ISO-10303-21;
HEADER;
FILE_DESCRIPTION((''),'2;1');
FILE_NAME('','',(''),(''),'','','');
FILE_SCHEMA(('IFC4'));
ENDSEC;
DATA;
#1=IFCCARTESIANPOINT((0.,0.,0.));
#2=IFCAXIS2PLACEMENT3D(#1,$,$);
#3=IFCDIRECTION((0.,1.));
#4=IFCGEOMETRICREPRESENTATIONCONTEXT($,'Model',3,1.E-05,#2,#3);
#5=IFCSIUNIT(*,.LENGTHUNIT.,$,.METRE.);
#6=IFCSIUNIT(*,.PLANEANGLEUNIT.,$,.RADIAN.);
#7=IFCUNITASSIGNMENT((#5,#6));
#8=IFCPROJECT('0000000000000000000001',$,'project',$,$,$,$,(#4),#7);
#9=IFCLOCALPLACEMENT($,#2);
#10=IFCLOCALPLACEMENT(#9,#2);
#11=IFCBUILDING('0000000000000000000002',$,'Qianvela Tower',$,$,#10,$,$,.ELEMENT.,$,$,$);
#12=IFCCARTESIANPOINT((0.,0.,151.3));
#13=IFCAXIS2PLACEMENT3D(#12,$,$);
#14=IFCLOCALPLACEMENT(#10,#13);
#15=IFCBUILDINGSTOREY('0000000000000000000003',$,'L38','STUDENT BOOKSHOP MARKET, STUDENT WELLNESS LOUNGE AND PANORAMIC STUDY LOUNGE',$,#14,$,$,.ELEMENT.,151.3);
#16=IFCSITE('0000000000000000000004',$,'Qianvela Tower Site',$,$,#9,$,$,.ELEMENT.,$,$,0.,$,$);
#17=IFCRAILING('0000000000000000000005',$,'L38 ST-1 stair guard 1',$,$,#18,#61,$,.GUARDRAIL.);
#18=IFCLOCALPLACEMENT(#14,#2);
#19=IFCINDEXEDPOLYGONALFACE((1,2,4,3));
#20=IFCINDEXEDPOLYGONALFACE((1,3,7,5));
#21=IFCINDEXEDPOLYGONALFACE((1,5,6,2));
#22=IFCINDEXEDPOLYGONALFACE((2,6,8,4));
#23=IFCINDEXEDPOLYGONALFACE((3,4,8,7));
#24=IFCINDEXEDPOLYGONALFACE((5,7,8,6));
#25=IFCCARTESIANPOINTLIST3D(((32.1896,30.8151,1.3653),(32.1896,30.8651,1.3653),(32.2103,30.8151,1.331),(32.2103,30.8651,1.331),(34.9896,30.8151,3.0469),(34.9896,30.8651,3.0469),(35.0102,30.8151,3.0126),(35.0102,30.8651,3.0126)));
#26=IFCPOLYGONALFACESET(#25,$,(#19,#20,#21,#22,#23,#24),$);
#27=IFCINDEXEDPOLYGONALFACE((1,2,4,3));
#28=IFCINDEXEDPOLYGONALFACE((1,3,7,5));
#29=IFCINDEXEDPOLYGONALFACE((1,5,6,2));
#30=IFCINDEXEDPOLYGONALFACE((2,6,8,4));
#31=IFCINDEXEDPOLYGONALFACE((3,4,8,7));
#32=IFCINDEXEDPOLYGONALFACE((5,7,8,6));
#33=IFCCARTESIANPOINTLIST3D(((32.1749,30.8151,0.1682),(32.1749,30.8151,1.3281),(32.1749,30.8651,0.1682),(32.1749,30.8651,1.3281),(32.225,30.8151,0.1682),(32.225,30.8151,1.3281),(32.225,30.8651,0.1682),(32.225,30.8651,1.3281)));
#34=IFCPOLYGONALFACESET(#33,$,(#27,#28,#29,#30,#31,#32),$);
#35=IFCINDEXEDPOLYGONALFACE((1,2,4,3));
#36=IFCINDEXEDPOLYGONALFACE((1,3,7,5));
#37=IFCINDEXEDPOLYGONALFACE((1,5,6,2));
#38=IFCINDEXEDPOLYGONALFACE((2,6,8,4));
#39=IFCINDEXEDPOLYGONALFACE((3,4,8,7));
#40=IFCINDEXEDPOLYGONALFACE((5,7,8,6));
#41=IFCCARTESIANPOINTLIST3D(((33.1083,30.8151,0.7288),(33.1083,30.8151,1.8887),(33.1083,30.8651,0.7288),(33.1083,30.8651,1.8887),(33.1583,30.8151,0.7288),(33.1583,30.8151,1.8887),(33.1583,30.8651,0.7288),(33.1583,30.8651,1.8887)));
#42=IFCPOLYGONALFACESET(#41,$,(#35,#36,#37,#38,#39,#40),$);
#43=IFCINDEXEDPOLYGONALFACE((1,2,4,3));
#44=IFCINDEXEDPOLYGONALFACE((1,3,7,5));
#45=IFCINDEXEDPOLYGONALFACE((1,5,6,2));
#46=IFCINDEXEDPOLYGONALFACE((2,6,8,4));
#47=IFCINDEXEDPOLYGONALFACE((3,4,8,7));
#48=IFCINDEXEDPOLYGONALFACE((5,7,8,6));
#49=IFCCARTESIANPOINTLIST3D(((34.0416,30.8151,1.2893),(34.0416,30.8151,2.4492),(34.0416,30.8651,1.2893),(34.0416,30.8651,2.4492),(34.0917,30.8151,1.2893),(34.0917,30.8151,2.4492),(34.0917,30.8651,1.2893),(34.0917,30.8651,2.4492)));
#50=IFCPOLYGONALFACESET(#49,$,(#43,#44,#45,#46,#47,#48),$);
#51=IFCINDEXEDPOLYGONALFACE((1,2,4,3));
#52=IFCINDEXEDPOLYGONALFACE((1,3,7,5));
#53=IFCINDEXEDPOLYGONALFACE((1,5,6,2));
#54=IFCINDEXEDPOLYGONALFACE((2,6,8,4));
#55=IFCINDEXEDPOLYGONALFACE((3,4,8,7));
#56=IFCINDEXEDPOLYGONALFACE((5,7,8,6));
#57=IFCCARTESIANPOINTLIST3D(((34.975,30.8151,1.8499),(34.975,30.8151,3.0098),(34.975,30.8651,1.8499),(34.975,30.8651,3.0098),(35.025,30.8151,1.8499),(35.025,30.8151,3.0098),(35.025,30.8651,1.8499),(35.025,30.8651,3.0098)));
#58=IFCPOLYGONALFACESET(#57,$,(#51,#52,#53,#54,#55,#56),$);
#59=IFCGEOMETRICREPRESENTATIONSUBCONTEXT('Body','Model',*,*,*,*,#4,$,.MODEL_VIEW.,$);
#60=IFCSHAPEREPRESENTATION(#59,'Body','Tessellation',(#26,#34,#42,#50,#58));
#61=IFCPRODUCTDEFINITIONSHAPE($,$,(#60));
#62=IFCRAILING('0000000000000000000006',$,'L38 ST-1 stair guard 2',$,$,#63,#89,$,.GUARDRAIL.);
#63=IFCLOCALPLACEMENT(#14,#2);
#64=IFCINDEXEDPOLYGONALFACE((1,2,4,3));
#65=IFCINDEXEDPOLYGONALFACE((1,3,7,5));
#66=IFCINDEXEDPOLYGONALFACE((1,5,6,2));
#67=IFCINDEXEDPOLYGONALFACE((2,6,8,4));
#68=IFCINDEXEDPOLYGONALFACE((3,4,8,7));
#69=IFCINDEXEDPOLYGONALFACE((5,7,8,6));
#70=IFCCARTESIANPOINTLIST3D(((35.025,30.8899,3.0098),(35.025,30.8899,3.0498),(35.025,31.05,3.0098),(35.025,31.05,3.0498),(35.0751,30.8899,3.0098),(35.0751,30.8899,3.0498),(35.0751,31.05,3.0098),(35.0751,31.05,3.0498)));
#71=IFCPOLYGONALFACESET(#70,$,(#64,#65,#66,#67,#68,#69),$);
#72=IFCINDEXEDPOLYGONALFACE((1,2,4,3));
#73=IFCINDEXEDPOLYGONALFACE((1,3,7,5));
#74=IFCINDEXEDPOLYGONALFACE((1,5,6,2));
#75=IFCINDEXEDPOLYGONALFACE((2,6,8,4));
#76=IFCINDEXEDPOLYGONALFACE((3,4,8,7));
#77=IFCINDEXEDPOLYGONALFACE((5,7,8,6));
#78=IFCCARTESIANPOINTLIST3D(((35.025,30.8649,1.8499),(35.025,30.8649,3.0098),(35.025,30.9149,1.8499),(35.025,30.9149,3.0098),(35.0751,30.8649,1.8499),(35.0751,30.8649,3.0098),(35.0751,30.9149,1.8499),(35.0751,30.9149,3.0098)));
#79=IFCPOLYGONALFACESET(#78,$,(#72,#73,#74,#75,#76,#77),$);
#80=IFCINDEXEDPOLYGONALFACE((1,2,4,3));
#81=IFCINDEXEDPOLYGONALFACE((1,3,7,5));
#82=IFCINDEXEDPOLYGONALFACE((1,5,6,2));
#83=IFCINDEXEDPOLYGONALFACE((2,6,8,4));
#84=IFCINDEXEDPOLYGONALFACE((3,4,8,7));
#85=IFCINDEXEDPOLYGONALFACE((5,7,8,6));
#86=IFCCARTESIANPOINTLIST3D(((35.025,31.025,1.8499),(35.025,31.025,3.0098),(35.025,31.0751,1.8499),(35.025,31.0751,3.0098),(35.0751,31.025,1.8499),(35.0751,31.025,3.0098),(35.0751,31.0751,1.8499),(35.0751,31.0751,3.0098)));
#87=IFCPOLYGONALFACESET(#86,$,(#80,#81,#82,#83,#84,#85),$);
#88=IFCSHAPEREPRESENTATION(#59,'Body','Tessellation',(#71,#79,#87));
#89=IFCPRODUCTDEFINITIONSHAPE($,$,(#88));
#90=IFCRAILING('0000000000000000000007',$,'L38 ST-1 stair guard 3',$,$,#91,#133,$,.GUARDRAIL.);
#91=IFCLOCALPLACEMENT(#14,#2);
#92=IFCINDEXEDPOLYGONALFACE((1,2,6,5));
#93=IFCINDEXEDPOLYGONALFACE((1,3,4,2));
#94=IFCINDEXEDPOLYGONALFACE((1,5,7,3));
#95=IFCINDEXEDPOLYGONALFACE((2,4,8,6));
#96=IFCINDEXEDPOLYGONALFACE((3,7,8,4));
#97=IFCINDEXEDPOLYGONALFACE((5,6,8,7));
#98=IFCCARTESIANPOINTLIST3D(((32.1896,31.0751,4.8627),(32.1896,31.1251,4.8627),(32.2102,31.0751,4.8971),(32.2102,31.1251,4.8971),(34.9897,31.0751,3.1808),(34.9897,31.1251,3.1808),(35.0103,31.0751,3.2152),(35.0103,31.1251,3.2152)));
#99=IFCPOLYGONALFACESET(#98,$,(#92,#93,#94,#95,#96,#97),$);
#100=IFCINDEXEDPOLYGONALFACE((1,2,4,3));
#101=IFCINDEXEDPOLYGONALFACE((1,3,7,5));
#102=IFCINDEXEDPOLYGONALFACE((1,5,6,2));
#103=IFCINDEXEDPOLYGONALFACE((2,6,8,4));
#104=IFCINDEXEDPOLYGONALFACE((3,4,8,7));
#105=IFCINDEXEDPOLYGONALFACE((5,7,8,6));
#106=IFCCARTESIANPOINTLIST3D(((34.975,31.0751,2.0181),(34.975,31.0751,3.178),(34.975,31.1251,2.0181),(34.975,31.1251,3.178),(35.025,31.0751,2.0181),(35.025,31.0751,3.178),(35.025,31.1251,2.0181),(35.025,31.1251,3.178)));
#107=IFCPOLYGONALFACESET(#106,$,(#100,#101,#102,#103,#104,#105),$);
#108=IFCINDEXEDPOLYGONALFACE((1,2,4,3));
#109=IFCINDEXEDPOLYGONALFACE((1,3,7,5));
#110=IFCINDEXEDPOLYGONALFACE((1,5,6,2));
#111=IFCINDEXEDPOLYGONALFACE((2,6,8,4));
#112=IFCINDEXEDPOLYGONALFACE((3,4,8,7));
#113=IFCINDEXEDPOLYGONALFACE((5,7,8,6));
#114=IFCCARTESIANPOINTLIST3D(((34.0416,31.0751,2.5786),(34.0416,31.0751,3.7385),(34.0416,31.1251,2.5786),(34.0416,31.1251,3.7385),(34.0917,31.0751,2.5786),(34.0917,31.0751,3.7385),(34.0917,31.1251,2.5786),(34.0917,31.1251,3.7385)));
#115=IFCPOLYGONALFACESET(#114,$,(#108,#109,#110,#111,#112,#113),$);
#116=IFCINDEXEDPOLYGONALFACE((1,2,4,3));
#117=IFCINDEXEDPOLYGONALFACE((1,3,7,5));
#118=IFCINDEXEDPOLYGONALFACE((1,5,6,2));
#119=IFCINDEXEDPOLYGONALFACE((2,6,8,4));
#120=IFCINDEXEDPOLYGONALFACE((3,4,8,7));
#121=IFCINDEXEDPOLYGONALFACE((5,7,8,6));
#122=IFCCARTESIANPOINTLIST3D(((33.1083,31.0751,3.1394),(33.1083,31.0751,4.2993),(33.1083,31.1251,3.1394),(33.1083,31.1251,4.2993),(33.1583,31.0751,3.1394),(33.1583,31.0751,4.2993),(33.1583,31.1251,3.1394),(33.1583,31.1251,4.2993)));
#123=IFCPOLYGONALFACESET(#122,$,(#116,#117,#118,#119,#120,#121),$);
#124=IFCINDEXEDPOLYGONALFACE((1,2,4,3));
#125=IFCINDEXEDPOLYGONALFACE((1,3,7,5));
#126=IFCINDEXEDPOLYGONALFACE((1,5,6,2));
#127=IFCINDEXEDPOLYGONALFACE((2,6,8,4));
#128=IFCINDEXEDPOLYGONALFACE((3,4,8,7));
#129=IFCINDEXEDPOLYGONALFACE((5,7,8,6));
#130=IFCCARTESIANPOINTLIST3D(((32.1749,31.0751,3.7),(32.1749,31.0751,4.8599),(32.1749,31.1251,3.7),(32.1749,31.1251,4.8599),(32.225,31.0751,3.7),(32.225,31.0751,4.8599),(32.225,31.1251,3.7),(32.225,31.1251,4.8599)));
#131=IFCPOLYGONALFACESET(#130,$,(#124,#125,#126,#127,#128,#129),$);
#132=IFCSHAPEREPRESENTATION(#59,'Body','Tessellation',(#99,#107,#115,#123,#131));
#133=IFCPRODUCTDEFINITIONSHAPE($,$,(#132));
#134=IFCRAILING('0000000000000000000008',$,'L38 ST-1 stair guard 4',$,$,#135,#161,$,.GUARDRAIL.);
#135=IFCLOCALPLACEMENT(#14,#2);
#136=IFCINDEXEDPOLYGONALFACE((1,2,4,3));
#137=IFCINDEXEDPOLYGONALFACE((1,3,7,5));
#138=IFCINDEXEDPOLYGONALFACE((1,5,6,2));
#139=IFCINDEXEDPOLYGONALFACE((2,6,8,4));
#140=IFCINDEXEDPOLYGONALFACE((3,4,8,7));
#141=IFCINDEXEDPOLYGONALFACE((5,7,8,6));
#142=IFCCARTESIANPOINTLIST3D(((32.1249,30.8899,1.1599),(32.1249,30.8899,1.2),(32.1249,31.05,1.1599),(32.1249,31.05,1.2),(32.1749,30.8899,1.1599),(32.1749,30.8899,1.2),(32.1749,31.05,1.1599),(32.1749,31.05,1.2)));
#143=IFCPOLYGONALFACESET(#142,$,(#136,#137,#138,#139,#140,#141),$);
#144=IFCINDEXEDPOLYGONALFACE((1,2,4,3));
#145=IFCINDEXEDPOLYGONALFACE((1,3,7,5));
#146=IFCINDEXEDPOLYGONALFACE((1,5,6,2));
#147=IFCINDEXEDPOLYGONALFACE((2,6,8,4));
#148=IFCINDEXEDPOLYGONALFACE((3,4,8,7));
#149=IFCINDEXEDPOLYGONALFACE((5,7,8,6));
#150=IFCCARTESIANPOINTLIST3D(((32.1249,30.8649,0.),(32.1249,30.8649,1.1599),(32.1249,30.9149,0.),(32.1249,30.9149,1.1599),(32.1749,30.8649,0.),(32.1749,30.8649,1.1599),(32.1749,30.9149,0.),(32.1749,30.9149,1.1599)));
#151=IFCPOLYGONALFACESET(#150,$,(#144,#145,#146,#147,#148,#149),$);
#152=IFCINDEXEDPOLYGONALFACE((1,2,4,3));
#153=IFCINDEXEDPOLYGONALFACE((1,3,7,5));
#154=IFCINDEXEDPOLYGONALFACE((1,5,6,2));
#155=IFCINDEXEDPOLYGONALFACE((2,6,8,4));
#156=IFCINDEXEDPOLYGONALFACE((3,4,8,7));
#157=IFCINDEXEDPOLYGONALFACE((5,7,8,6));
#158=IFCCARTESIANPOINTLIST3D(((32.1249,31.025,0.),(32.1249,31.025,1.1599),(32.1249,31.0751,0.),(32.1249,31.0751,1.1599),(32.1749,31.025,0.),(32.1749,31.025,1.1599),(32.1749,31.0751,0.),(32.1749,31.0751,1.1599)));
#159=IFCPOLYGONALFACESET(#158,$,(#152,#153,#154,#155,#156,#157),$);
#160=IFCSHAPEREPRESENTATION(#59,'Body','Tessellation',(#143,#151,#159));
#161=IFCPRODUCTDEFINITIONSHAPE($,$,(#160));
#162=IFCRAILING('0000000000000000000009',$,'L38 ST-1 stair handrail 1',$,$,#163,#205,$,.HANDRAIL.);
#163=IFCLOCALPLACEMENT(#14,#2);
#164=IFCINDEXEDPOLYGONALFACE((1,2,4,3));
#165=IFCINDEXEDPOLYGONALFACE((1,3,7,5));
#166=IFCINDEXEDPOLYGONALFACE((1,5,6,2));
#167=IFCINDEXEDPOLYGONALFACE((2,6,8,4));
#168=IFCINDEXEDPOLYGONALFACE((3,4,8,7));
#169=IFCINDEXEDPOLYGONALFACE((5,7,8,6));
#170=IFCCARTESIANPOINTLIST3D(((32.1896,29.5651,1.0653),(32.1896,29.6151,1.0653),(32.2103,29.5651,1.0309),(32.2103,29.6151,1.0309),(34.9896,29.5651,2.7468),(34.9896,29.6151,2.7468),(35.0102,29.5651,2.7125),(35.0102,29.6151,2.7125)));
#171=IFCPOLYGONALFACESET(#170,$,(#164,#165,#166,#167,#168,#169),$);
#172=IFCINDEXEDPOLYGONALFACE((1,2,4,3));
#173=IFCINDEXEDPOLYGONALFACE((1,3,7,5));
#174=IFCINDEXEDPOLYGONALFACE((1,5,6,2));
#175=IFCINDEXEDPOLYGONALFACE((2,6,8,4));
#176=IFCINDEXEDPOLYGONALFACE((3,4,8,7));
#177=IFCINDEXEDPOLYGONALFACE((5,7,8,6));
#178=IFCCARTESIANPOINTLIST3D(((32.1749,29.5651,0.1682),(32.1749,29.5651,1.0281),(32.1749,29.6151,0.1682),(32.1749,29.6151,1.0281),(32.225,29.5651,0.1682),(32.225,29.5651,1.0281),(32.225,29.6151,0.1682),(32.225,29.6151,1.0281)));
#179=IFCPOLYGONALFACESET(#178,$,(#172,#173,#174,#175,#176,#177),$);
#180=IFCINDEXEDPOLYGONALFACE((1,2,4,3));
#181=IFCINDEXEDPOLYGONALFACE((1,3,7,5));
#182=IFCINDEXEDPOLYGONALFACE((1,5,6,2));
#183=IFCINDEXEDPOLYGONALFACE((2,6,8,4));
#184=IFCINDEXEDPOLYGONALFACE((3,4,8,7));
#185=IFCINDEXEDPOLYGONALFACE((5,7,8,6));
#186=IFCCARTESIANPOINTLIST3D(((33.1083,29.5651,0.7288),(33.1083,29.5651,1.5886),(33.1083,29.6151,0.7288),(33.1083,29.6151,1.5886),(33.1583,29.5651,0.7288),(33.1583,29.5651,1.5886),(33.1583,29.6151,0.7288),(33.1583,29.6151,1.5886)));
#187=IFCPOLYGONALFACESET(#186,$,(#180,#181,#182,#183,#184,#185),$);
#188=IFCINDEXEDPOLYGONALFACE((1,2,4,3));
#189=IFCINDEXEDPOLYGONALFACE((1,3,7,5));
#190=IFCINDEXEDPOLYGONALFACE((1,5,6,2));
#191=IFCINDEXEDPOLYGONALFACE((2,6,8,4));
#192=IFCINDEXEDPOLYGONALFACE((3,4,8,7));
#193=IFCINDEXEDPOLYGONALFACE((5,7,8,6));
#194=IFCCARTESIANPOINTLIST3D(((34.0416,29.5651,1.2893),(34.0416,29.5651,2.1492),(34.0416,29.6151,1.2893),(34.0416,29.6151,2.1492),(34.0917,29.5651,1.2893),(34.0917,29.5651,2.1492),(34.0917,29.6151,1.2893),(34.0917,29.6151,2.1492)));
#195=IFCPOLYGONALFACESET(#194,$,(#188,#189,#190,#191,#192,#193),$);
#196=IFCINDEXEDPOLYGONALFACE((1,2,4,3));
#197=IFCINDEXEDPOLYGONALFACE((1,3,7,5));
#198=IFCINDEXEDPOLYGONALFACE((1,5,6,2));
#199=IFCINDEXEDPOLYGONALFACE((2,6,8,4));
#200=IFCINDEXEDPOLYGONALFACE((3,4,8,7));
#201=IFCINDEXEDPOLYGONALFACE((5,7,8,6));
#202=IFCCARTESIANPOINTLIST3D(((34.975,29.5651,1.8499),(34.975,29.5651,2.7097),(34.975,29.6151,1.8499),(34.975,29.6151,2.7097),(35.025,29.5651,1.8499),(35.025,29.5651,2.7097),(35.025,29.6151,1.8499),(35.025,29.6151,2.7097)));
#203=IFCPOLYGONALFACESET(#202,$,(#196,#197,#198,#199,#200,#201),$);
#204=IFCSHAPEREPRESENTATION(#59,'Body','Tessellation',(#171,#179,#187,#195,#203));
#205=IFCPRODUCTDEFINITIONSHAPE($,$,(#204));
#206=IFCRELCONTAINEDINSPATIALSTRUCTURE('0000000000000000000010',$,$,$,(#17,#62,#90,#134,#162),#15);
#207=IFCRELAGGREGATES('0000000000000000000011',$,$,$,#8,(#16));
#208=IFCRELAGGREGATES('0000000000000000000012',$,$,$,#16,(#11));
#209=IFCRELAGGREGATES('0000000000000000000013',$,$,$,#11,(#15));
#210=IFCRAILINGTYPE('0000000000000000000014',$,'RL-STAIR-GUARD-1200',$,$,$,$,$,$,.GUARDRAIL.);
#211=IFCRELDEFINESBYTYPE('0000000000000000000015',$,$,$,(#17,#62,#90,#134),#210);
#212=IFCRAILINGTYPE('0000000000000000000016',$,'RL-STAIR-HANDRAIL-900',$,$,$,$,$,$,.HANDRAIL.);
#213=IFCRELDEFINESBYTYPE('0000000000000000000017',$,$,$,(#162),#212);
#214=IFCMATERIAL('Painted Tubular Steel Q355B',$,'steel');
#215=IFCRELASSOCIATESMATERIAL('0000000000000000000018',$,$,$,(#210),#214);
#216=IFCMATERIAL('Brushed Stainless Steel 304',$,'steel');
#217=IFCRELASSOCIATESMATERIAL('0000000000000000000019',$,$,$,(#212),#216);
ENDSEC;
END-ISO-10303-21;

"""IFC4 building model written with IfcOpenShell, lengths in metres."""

from ifc_helpers import new_model, si_unit, direction, frame, origin, origin_2d, place, context, subcontext, project, spatial, rectangle, extrude, material, type_object, element, save


model = new_model("IFC4")

# Units and contexts
model_context = context("Model", 3, precision=1e-05, world=origin(), true_north=direction((0.0, 1.0)))
body_context = subcontext(model_context, "Body", "Model", "MODEL_VIEW")
ifc_project = project(units=[si_unit("LENGTHUNIT", "METRE"), si_unit("PLANEANGLEUNIT", "RADIAN")], contexts=[model_context])

# Site, building, storey
site_placement = place(None, origin())
site = spatial("IfcSite", under=ifc_project, at=site_placement, Name="Qianvela Tower Site", CompositionType="ELEMENT", RefElevation=0.0)
building_placement = place(site_placement, origin())
building = spatial("IfcBuilding", under=site, at=building_placement, Name="Qianvela Tower", CompositionType="ELEMENT")
storey_placement = place(building_placement, frame((0.0, 0.0, 151.3)))
storey = spatial("IfcBuildingStorey", under=building, at=storey_placement, Name="L38", Description="STUDENT BOOKSHOP MARKET, STUDENT WELLNESS LOUNGE AND PANORAMIC STUDY LOUNGE", CompositionType="ELEMENT", Elevation=151.3)

# Railings
ifc_material_1 = material(Name="Painted Tubular Steel Q355B", Category="steel")
railing_type_1 = type_object("IfcRailingType", Name="RL-STAIR-GUARD-1200", PredefinedType="GUARDRAIL", material=ifc_material_1)
railing_1_placement = place(storey_placement, frame((32.2, 30.8401, 0.1682)))
element("IfcRailing", 1, at=railing_1_placement, inside=storey, type_object=railing_type_1, Name="L38 ST-1 stair guard 1", PredefinedType="GUARDRAIL", context=body_context, shape_type="SweptSolid", body=[
    extrude(rectangle(XDim=0.05, YDim=0.04, at=origin_2d()), frame((0.0, 0.0, 1.1799), z_axis=(0.857275, 0.0, 0.514858), x_axis=(0.0, 1.0, 0.0)), (0.0, 0.0, 1.0), 3.2661),
    extrude(rectangle(XDim=0.05, YDim=0.05, at=origin_2d()), origin(), (0.0, 0.0, 1.0), 1.1599),
    extrude(rectangle(XDim=0.05, YDim=0.05, at=origin_2d()), frame((0.9333, 0.0, 0.5605)), (0.0, 0.0, 1.0), 1.1599),
    extrude(rectangle(XDim=0.05, YDim=0.05, at=origin_2d()), frame((1.8667, 0.0, 1.1211)), (0.0, 0.0, 1.0), 1.1599),
    extrude(rectangle(XDim=0.05, YDim=0.05, at=origin_2d()), frame((2.8, 0.0, 1.6816)), (0.0, 0.0, 1.0), 1.1599),
])
railing_2_placement = place(storey_placement, frame((35.05, 30.8899, 1.8499)))
element("IfcRailing", 2, at=railing_2_placement, inside=storey, type_object=railing_type_1, Name="L38 ST-1 stair guard 2", PredefinedType="GUARDRAIL", context=body_context, shape_type="SweptSolid", body=[
    extrude(rectangle(XDim=0.05, YDim=0.04, at=origin_2d()), frame((0.0, 0.0, 1.1799), z_axis=(0.0, 1.0, 0.0), x_axis=(-1.0, 0.0, 0.0)), (0.0, 0.0, 1.0), 0.1602),
    extrude(rectangle(XDim=0.05, YDim=0.05, at=origin_2d()), origin(), (0.0, 0.0, 1.0), 1.1599),
    extrude(rectangle(XDim=0.05, YDim=0.05, at=origin_2d()), frame((0.0, 0.1602, 0.0)), (0.0, 0.0, 1.0), 1.1599),
])
railing_3_placement = place(storey_placement, frame((35.0, 31.1001, 2.0181)))
element("IfcRailing", 3, at=railing_3_placement, inside=storey, type_object=railing_type_1, Name="L38 ST-1 stair guard 3", PredefinedType="GUARDRAIL", context=body_context, shape_type="SweptSolid", body=[
    extrude(rectangle(XDim=0.05, YDim=0.04, at=origin_2d()), frame((0.0, 0.0, 1.1799), z_axis=(-0.857242, 0.0, 0.514913), x_axis=(0.0, -1.0, 0.0)), (0.0, 0.0, 1.0), 3.2664),
    extrude(rectangle(XDim=0.05, YDim=0.05, at=origin_2d()), origin(), (0.0, 0.0, 1.0), 1.1599),
    extrude(rectangle(XDim=0.05, YDim=0.05, at=origin_2d()), frame((-0.9333, 0.0, 0.5605)), (0.0, 0.0, 1.0), 1.1599),
    extrude(rectangle(XDim=0.05, YDim=0.05, at=origin_2d()), frame((-1.8667, 0.0, 1.1213)), (0.0, 0.0, 1.0), 1.1599),
    extrude(rectangle(XDim=0.05, YDim=0.05, at=origin_2d()), frame((-2.8, 0.0, 1.6819)), (0.0, 0.0, 1.0), 1.1599),
])
railing_4_placement = place(storey_placement, frame((32.1499, 30.8899, 0.0)))
element("IfcRailing", 4, at=railing_4_placement, inside=storey, type_object=railing_type_1, Name="L38 ST-1 stair guard 4", PredefinedType="GUARDRAIL", context=body_context, shape_type="SweptSolid", body=[
    extrude(rectangle(XDim=0.05, YDim=0.04, at=origin_2d()), frame((0.0, 0.0, 1.1799), z_axis=(0.0, 1.0, 0.0), x_axis=(-1.0, 0.0, 0.0)), (0.0, 0.0, 1.0), 0.1602),
    extrude(rectangle(XDim=0.05, YDim=0.05, at=origin_2d()), origin(), (0.0, 0.0, 1.0), 1.1599),
    extrude(rectangle(XDim=0.05, YDim=0.05, at=origin_2d()), frame((0.0, 0.1602, 0.0)), (0.0, 0.0, 1.0), 1.1599),
])
ifc_material_2 = material(Name="Brushed Stainless Steel 304", Category="steel")
railing_type_2 = type_object("IfcRailingType", Name="RL-STAIR-HANDRAIL-900", PredefinedType="HANDRAIL", material=ifc_material_2)
railing_5_placement = place(storey_placement, frame((32.2, 29.5901, 0.1682)))
element("IfcRailing", 5, at=railing_5_placement, inside=storey, type_object=railing_type_2, Name="L38 ST-1 stair handrail 1", PredefinedType="HANDRAIL", context=body_context, shape_type="SweptSolid", body=[
    extrude(rectangle(XDim=0.05, YDim=0.04, at=origin_2d()), frame((0.0, 0.0, 0.8799), z_axis=(0.857275, 0.0, 0.514858), x_axis=(0.0, 1.0, 0.0)), (0.0, 0.0, 1.0), 3.2661),
    extrude(rectangle(XDim=0.05, YDim=0.05, at=origin_2d()), origin(), (0.0, 0.0, 1.0), 0.8599),
    extrude(rectangle(XDim=0.05, YDim=0.05, at=origin_2d()), frame((0.9333, 0.0, 0.5605)), (0.0, 0.0, 1.0), 0.8599),
    extrude(rectangle(XDim=0.05, YDim=0.05, at=origin_2d()), frame((1.8667, 0.0, 1.1211)), (0.0, 0.0, 1.0), 0.8599),
    extrude(rectangle(XDim=0.05, YDim=0.05, at=origin_2d()), frame((2.8, 0.0, 1.6816)), (0.0, 0.0, 1.0), 0.8599),
])

save(model, "model.ifc")
